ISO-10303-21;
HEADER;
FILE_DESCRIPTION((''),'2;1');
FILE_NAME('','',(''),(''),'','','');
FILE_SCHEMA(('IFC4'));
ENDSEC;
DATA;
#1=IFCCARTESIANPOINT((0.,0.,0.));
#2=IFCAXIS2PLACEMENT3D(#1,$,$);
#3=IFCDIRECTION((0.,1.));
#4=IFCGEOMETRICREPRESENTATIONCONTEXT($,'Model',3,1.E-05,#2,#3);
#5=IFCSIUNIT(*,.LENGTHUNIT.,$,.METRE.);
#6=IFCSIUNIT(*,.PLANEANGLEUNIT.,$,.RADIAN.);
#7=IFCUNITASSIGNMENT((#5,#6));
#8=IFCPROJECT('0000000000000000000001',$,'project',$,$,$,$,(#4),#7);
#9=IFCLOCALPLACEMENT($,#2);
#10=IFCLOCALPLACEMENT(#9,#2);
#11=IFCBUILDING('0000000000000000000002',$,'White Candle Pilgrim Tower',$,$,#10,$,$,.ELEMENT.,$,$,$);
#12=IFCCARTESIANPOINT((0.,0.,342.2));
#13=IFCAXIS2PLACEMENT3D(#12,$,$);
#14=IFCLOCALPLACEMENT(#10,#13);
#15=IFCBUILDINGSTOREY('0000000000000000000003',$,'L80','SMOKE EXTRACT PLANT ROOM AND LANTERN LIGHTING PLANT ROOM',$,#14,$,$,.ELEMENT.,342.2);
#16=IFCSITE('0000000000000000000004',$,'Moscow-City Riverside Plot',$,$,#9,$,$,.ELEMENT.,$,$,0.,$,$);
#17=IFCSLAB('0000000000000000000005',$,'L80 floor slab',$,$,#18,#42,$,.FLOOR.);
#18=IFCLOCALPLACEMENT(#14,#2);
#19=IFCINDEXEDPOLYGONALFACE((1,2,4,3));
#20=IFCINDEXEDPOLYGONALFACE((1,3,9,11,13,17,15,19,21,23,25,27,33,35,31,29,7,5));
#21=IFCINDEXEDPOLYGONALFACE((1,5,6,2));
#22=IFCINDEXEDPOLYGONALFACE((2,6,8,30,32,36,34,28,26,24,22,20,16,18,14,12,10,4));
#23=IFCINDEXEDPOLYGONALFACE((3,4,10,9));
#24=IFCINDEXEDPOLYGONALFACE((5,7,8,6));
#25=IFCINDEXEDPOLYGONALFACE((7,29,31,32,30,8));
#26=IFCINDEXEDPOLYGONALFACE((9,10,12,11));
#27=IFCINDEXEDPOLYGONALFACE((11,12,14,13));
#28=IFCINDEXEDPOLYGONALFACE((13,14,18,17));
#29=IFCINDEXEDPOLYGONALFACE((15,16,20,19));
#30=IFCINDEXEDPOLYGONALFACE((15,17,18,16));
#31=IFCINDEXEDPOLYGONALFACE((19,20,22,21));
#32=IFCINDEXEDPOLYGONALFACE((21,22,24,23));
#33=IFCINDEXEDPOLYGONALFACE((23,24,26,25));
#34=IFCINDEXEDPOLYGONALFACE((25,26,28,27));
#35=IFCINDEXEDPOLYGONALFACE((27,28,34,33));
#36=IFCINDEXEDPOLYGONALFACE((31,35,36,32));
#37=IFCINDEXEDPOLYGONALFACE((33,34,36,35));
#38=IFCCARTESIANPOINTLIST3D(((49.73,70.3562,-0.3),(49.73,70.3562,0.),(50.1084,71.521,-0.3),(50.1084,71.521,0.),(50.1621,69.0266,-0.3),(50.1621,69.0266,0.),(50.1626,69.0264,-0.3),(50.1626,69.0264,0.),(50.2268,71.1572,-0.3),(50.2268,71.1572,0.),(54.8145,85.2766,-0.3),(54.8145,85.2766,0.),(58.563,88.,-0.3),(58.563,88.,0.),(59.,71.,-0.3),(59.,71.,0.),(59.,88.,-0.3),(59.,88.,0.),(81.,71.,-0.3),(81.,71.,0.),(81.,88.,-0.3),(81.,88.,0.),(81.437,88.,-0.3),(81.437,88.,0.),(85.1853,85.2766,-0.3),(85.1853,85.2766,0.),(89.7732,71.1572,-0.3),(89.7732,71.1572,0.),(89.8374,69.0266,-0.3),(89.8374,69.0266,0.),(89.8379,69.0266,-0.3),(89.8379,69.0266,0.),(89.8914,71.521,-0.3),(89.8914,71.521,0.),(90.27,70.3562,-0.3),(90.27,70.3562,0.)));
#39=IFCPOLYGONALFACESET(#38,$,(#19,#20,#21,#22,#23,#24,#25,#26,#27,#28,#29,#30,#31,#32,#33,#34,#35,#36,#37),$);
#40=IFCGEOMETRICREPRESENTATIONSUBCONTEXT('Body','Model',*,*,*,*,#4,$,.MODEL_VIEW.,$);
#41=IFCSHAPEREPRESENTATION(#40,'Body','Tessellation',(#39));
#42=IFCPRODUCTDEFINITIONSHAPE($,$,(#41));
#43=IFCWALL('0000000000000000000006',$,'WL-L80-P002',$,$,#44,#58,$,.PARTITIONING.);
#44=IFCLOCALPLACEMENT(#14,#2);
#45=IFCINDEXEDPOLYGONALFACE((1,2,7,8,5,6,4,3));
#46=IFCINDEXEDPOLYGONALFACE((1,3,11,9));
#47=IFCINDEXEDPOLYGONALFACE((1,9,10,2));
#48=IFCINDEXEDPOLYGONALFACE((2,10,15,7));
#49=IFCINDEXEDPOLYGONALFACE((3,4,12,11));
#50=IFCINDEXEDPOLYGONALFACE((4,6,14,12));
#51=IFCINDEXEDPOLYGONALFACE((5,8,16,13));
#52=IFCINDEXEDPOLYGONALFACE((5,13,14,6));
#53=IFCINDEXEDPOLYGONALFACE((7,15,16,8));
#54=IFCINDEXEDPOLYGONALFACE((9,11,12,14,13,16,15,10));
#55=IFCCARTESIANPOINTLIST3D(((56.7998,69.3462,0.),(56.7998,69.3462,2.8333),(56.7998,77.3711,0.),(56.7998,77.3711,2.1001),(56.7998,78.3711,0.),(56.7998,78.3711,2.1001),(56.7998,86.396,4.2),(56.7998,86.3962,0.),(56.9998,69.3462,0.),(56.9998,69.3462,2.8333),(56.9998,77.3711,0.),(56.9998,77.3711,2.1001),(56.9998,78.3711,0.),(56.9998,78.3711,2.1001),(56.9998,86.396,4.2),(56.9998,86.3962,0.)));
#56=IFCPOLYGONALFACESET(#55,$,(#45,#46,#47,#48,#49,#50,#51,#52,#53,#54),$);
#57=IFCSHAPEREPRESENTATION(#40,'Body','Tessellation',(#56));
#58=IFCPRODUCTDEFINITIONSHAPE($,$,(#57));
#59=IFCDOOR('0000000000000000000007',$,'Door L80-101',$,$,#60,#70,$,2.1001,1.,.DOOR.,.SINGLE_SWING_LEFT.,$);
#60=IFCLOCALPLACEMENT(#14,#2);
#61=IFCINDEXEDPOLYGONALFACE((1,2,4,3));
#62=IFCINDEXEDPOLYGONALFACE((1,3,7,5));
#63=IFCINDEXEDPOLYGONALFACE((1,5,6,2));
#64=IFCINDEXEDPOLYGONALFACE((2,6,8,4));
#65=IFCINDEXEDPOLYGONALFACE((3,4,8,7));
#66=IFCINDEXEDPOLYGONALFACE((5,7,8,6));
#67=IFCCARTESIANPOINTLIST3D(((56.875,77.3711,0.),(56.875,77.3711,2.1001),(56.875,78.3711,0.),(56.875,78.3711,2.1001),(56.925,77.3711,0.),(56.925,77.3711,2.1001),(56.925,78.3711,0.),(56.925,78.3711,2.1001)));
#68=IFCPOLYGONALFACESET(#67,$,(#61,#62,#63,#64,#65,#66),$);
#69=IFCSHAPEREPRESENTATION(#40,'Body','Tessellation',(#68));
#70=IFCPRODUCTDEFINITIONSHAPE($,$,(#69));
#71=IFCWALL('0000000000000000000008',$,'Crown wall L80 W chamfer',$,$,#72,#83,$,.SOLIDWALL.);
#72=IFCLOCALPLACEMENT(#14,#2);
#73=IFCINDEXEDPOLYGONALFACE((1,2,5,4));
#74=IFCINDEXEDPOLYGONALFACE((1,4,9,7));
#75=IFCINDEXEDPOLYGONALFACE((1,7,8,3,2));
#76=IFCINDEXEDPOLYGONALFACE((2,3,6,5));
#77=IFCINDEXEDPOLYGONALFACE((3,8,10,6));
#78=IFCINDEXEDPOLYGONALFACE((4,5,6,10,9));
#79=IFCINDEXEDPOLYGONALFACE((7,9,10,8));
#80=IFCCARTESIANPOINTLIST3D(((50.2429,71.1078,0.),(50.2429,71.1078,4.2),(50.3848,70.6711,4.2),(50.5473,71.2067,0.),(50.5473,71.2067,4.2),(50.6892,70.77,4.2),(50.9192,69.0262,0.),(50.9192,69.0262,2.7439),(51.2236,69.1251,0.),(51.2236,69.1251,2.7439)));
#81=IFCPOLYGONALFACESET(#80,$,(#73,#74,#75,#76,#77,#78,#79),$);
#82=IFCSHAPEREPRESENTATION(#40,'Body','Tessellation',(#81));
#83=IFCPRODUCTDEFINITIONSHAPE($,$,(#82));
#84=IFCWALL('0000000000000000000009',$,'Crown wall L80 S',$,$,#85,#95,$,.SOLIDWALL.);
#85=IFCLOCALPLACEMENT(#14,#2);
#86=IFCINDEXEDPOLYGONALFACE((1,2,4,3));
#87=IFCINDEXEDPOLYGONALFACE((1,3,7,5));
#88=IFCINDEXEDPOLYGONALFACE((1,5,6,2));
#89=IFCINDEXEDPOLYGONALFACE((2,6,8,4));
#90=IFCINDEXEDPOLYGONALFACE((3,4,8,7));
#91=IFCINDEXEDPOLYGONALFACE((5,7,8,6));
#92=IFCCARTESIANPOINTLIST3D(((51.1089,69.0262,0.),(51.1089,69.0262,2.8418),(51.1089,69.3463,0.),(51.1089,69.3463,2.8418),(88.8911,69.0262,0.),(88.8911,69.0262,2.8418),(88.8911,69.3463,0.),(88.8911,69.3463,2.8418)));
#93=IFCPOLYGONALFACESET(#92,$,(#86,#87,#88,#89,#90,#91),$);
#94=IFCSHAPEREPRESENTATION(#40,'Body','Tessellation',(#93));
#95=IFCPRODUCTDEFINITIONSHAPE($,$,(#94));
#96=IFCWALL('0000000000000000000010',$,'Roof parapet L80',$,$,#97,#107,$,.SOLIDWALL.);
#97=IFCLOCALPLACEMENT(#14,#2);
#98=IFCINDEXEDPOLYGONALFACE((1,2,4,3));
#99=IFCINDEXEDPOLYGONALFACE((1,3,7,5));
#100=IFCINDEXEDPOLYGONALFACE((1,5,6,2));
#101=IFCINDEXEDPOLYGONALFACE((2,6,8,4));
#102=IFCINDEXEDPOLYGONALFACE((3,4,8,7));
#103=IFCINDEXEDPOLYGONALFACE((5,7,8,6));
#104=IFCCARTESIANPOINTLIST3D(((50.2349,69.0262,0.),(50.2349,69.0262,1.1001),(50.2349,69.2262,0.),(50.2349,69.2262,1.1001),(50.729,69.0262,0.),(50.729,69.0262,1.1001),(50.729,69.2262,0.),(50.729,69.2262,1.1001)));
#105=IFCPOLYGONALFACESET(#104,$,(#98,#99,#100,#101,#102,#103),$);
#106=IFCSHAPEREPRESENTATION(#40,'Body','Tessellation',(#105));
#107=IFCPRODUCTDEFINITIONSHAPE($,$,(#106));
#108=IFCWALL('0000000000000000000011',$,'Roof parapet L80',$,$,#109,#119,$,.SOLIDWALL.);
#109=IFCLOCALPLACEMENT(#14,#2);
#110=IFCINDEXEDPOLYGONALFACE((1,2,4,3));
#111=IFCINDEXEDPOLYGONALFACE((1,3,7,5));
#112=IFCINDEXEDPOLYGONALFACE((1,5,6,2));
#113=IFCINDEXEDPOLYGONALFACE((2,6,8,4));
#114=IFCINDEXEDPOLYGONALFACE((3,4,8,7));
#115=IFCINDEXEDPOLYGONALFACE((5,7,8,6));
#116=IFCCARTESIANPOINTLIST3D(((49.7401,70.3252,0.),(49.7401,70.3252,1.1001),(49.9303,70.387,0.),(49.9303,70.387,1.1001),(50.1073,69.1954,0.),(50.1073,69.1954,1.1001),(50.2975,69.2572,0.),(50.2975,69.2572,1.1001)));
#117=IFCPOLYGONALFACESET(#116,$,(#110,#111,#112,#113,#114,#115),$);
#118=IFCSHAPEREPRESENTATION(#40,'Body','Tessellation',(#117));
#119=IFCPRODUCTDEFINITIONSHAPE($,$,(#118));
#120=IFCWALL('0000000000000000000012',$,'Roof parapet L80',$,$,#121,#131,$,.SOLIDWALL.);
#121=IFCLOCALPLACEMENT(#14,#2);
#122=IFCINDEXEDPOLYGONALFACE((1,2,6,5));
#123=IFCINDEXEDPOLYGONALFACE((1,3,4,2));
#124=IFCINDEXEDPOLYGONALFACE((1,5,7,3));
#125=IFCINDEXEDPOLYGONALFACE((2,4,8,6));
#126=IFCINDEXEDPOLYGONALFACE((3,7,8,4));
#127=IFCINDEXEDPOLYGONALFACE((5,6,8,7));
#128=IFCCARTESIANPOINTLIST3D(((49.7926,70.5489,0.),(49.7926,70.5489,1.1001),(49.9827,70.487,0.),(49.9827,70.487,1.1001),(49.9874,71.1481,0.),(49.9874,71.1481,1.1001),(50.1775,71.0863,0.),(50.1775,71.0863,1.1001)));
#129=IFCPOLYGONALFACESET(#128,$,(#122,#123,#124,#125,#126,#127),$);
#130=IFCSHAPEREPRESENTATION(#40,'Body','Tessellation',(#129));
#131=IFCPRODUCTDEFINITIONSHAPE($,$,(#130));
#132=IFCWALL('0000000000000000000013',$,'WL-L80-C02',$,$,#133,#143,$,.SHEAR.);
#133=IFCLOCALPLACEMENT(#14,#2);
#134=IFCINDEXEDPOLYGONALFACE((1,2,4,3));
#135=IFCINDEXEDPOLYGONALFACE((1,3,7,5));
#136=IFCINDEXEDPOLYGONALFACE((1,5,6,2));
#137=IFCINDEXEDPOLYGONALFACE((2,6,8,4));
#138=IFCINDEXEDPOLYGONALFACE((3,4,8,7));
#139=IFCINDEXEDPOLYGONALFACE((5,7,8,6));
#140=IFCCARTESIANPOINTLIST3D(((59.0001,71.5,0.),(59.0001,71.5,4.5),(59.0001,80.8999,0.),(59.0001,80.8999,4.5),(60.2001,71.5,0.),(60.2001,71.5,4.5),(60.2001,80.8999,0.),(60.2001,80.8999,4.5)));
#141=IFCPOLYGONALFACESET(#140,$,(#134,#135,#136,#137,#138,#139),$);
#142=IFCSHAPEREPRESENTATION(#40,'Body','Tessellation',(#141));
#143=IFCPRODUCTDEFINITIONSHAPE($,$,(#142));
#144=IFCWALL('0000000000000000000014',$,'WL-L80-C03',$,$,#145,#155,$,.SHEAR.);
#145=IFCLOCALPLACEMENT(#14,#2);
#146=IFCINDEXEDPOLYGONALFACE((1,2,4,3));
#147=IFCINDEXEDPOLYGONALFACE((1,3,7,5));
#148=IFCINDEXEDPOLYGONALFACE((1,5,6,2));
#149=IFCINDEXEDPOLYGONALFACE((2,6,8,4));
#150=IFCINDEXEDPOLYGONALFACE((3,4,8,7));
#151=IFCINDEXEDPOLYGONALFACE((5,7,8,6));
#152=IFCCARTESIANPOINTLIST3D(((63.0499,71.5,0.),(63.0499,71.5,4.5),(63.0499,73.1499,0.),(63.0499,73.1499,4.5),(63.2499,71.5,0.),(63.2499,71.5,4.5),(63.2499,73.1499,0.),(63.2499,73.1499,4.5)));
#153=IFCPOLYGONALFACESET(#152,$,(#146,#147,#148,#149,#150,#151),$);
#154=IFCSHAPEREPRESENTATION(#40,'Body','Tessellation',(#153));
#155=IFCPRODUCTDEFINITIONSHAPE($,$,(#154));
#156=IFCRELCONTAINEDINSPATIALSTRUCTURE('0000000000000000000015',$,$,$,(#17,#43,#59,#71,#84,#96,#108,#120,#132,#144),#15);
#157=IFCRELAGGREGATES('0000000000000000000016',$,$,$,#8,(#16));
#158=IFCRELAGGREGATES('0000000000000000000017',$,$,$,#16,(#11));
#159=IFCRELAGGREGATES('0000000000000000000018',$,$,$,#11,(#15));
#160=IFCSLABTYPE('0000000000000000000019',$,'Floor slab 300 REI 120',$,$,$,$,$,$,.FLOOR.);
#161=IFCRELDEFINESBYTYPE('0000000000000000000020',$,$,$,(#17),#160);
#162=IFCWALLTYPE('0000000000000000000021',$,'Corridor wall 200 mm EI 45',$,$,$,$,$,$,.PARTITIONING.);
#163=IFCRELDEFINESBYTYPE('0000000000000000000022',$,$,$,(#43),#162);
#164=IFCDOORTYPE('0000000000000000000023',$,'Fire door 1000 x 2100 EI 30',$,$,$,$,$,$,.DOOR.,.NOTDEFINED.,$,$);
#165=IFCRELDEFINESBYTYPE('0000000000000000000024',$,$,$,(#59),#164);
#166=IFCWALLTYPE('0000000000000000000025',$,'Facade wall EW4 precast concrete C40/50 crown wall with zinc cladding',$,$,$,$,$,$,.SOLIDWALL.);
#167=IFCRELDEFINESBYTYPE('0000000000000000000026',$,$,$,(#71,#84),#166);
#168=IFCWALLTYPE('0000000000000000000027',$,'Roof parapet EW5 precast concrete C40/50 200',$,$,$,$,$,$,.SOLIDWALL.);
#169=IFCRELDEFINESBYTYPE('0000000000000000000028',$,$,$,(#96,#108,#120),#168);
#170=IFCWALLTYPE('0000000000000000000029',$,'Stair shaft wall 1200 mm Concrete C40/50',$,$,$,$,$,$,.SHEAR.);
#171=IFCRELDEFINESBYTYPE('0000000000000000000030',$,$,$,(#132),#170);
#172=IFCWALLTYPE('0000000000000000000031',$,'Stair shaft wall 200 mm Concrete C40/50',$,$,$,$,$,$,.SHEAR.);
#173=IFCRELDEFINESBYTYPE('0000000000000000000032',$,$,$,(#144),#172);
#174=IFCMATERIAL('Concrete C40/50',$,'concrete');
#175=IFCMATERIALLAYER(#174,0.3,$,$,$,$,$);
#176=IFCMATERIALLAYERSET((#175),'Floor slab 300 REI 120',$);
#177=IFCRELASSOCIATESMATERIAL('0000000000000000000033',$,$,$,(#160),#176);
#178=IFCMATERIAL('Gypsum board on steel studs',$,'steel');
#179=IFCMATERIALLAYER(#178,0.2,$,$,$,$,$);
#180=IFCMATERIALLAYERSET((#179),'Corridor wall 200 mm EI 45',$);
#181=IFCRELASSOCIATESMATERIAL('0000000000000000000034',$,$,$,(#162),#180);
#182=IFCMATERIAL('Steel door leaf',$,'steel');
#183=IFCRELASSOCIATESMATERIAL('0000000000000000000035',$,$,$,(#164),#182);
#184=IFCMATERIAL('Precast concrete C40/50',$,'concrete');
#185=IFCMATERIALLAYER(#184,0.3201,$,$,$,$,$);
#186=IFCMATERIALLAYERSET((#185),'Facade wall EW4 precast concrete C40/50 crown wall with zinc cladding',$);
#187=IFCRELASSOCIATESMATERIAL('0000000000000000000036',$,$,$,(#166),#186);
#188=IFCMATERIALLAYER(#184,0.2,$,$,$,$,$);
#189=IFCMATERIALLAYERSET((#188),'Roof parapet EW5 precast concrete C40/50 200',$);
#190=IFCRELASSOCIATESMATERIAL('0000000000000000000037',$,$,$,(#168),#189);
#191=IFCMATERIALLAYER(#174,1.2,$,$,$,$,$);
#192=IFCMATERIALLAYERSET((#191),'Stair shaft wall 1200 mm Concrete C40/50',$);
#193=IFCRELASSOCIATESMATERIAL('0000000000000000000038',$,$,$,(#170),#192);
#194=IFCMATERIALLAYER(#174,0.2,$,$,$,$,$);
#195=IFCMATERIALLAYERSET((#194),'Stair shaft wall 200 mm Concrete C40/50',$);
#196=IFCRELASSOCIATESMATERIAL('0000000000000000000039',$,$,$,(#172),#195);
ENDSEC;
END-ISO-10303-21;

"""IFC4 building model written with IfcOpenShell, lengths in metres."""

from ifc_helpers import new_model, si_unit, direction, frame, frame_2d, origin, place, context, subcontext, project, spatial, polyline, rectangle, outline, extrude, material, layer, layer_set, type_object, element, fill, save


model = new_model("IFC4")

# Units and contexts
model_context = context("Model", 3, precision=1e-05, world=origin(), true_north=direction((0.0, 1.0)))
body_context = subcontext(model_context, "Body", "Model", "MODEL_VIEW")
ifc_project = project(units=[si_unit("LENGTHUNIT", "METRE"), si_unit("PLANEANGLEUNIT", "RADIAN")], contexts=[model_context])

# Site, building, storey
site_placement = place(None, origin())
site = spatial("IfcSite", under=ifc_project, at=site_placement, Name="Moscow-City Riverside Plot", CompositionType="ELEMENT", RefElevation=0.0)
building_placement = place(site_placement, origin())
building = spatial("IfcBuilding", under=site, at=building_placement, Name="White Candle Pilgrim Tower", CompositionType="ELEMENT")
storey_placement = place(building_placement, frame((0.0, 0.0, 342.2)))
storey = spatial("IfcBuildingStorey", under=building, at=storey_placement, Name="L80", Description="SMOKE EXTRACT PLANT ROOM AND LANTERN LIGHTING PLANT ROOM", CompositionType="ELEMENT", Elevation=342.2)

# Slab
ifc_material_1 = material(Name="Concrete C40/50", Category="concrete")
ifc_layer_1 = layer(ifc_material_1, 0.3)
ifc_layer_set_1 = layer_set([ifc_layer_1], Name="Floor slab 300 REI 120")
slab_type_1 = type_object("IfcSlabType", Name="Floor slab 300 REI 120", PredefinedType="FLOOR", material=ifc_layer_set_1)
slab_1_placement = place(storey_placement, frame((0.0, 0.0, -0.3)))
element("IfcSlab", 1, at=slab_1_placement, inside=storey, type_object=slab_type_1, Name="L80 floor slab", PredefinedType="FLOOR", context=body_context, shape_type="SweptSolid", body=[
    extrude(outline(polyline([(50.1626, 69.0264), (89.8374, 69.0266), (89.8379, 69.0266), (90.27, 70.3562), (89.8914, 71.521), (89.7732, 71.1572), (85.1853, 85.2766), (81.437, 88.0), (81.0, 88.0), (81.0, 71.0), (59.0, 71.0), (59.0, 88.0), (58.563, 88.0), (54.8145, 85.2766), (50.2268, 71.1572), (50.1084, 71.521), (49.73, 70.3562), (50.1621, 69.0266), (50.1626, 69.0264)])), origin(), (0.0, 0.0, 1.0), 0.3),
])

# Wall, opening, door
ifc_material_2 = material(Name="Gypsum board on steel studs", Category="steel")
ifc_layer_2 = layer(ifc_material_2, 0.2)
ifc_layer_set_2 = layer_set([ifc_layer_2], Name="Corridor wall 200 mm EI 45")
wall_type_1 = type_object("IfcWallType", Name="Corridor wall 200 mm EI 45", PredefinedType="PARTITIONING", material=ifc_layer_set_2)
wall_1_placement = place(storey_placement, frame((56.8999, 69.3462, 0.0), z_axis=(0.0, 0.0, 1.0), x_axis=(0.0, 1.0, 0.0)))
wall_1 = element("IfcWall", 2, at=wall_1_placement, inside=storey, type_object=wall_type_1, Name="WL-L80-P002", PredefinedType="PARTITIONING", context=body_context, shape_type="SweptSolid", body=[
    extrude(outline(polyline([(0.0, 0.0), (17.05, 0.0), (17.0498, 4.2), (0.0, 2.8333), (0.0, 0.0)])), frame((0.0, 0.1001, 0.0), z_axis=(0.0, -1.0, 0.0), x_axis=(1.0, 0.0, 0.0)), (0.0, 0.0, 1.0), 0.2),
])
opening_1_placement = place(wall_1_placement, frame((8.0249, 0.0, 0.0)))
opening_1 = element("IfcOpeningElement", 3, at=opening_1_placement, cuts=wall_1, PredefinedType="OPENING", context=body_context, shape_type="SweptSolid", body=[
    extrude(rectangle(XDim=1.0, YDim=2.1001, at=frame_2d((0.5, 1.05))), frame((0.0, 0.1099, 0.0), z_axis=(0.0, -1.0, 0.0), x_axis=(1.0, 0.0, 0.0)), (0.0, 0.0, 1.0), 0.22),
])
ifc_material_3 = material(Name="Steel door leaf", Category="steel")
door_type_1 = type_object("IfcDoorType", Name="Fire door 1000 x 2100 EI 30", OperationType="NOTDEFINED", PredefinedType="DOOR", material=ifc_material_3)
door_1_placement = place(opening_1_placement, origin())
door_1 = element("IfcDoor", 4, at=door_1_placement, inside=storey, type_object=door_type_1, Name="Door L80-101", OperationType="SINGLE_SWING_LEFT", OverallHeight=2.1001, OverallWidth=1.0, PredefinedType="DOOR", context=body_context, shape_type="SweptSolid", body=[
    extrude(rectangle(XDim=1.0, YDim=2.1001, at=frame_2d((0.5, 1.05))), frame((0.0, 0.0249, 0.0), z_axis=(0.0, -1.0, 0.0), x_axis=(1.0, 0.0, 0.0)), (0.0, 0.0, 1.0), 0.05),
])
fill(opening_1, door_1)

# Walls
ifc_material_4 = material(Name="Precast concrete C40/50", Category="concrete")
ifc_layer_3 = layer(ifc_material_4, 0.3201)
ifc_layer_set_3 = layer_set([ifc_layer_3], Name="Facade wall EW4 precast concrete C40/50 crown wall with zinc cladding")
wall_type_2 = type_object("IfcWallType", Name="Facade wall EW4 precast concrete C40/50 crown wall with zinc cladding", PredefinedType="SOLIDWALL", material=ifc_layer_set_3)
wall_2_placement = place(storey_placement, frame((50.395, 71.1572, 0.0), z_axis=(0.0, 0.0, 1.0), x_axis=(0.30899, -0.951065, 0.0)))
element("IfcWall", 5, at=wall_2_placement, inside=storey, type_object=wall_type_2, Name="Crown wall L80 W chamfer", PredefinedType="SOLIDWALL", context=body_context, shape_type="SweptSolid", body=[
    extrude(outline(polyline([(0.0, 0.0), (2.1887, 0.0), (2.1887, 2.7439), (0.4592, 4.2), (0.0, 4.2), (0.0, 0.0)])), frame((0.0, 0.1602, 0.0), z_axis=(0.0, -1.0, 0.0), x_axis=(1.0, 0.0, 0.0)), (0.0, 0.0, 1.0), 0.3201),
])
wall_3_placement = place(storey_placement, frame((51.1089, 69.1863, 0.0), z_axis=(0.0, 0.0, 1.0), x_axis=(1.0, 0.0, 0.0)))
element("IfcWall", 6, at=wall_3_placement, inside=storey, type_object=wall_type_2, Name="Crown wall L80 S", PredefinedType="SOLIDWALL", context=body_context, shape_type="SweptSolid", body=[
    extrude(rectangle(XDim=37.7822, YDim=0.3201, at=frame_2d((18.8911, 0.0))), origin(), (0.0, 0.0, 1.0), 2.8418),
])
ifc_layer_4 = layer(ifc_material_4, 0.2)
ifc_layer_set_4 = layer_set([ifc_layer_4], Name="Roof parapet EW5 precast concrete C40/50 200")
wall_type_3 = type_object("IfcWallType", Name="Roof parapet EW5 precast concrete C40/50 200", PredefinedType="SOLIDWALL", material=ifc_layer_set_4)
wall_4_placement = place(storey_placement, frame((50.729, 69.1262, 0.0), z_axis=(0.0, 0.0, 1.0), x_axis=(-1.0, 0.0, 0.0)))
element("IfcWall", 7, at=wall_4_placement, inside=storey, type_object=wall_type_3, Name="Roof parapet L80", PredefinedType="SOLIDWALL", context=body_context, shape_type="SweptSolid", body=[
    extrude(rectangle(XDim=0.4941, YDim=0.2, at=frame_2d((0.2471, 0.0))), origin(), (0.0, 0.0, 1.0), 1.1001),
])
wall_5_placement = place(storey_placement, frame((50.2024, 69.2263, 0.0), z_axis=(0.0, 0.0, 1.0), x_axis=(-0.309067, 0.95104, 0.0)))
element("IfcWall", 8, at=wall_5_placement, inside=storey, type_object=wall_type_3, Name="Roof parapet L80", PredefinedType="SOLIDWALL", context=body_context, shape_type="SweptSolid", body=[
    extrude(rectangle(XDim=1.188, YDim=0.2, at=frame_2d((0.594, 0.0))), origin(), (0.0, 0.0, 1.0), 1.1001),
])
wall_6_placement = place(storey_placement, frame((49.8877, 70.5181, 0.0), z_axis=(0.0, 0.0, 1.0), x_axis=(0.30913, 0.95102, 0.0)))
element("IfcWall", 9, at=wall_6_placement, inside=storey, type_object=wall_type_3, Name="Roof parapet L80", PredefinedType="SOLIDWALL", context=body_context, shape_type="SweptSolid", body=[
    extrude(rectangle(XDim=0.6301, YDim=0.2, at=frame_2d((0.3149, 0.0))), origin(), (0.0, 0.0, 1.0), 1.1001),
])
ifc_layer_5 = layer(ifc_material_1, 1.2)
ifc_layer_set_5 = layer_set([ifc_layer_5], Name="Stair shaft wall 1200 mm Concrete C40/50")
wall_type_4 = type_object("IfcWallType", Name="Stair shaft wall 1200 mm Concrete C40/50", PredefinedType="SHEAR", material=ifc_layer_set_5)
wall_7_placement = place(storey_placement, frame((59.6001, 71.5, 0.0), z_axis=(0.0, 0.0, 1.0), x_axis=(0.0, 1.0, 0.0)))
element("IfcWall", 10, at=wall_7_placement, inside=storey, type_object=wall_type_4, Name="WL-L80-C02", PredefinedType="SHEAR", context=body_context, shape_type="SweptSolid", body=[
    extrude(rectangle(XDim=9.3999, YDim=1.2, at=frame_2d((4.7, 0.0))), origin(), (0.0, 0.0, 1.0), 4.5),
])
ifc_layer_6 = layer(ifc_material_1, 0.2)
ifc_layer_set_6 = layer_set([ifc_layer_6], Name="Stair shaft wall 200 mm Concrete C40/50")
wall_type_5 = type_object("IfcWallType", Name="Stair shaft wall 200 mm Concrete C40/50", PredefinedType="SHEAR", material=ifc_layer_set_6)
wall_8_placement = place(storey_placement, frame((63.1499, 71.5, 0.0), z_axis=(0.0, 0.0, 1.0), x_axis=(0.0, 1.0, 0.0)))
element("IfcWall", 11, at=wall_8_placement, inside=storey, type_object=wall_type_5, Name="WL-L80-C03", PredefinedType="SHEAR", context=body_context, shape_type="SweptSolid", body=[
    extrude(rectangle(XDim=1.6499, YDim=0.2, at=frame_2d((0.825, 0.0))), origin(), (0.0, 0.0, 1.0), 4.5),
])

save(model, "model.ifc")
